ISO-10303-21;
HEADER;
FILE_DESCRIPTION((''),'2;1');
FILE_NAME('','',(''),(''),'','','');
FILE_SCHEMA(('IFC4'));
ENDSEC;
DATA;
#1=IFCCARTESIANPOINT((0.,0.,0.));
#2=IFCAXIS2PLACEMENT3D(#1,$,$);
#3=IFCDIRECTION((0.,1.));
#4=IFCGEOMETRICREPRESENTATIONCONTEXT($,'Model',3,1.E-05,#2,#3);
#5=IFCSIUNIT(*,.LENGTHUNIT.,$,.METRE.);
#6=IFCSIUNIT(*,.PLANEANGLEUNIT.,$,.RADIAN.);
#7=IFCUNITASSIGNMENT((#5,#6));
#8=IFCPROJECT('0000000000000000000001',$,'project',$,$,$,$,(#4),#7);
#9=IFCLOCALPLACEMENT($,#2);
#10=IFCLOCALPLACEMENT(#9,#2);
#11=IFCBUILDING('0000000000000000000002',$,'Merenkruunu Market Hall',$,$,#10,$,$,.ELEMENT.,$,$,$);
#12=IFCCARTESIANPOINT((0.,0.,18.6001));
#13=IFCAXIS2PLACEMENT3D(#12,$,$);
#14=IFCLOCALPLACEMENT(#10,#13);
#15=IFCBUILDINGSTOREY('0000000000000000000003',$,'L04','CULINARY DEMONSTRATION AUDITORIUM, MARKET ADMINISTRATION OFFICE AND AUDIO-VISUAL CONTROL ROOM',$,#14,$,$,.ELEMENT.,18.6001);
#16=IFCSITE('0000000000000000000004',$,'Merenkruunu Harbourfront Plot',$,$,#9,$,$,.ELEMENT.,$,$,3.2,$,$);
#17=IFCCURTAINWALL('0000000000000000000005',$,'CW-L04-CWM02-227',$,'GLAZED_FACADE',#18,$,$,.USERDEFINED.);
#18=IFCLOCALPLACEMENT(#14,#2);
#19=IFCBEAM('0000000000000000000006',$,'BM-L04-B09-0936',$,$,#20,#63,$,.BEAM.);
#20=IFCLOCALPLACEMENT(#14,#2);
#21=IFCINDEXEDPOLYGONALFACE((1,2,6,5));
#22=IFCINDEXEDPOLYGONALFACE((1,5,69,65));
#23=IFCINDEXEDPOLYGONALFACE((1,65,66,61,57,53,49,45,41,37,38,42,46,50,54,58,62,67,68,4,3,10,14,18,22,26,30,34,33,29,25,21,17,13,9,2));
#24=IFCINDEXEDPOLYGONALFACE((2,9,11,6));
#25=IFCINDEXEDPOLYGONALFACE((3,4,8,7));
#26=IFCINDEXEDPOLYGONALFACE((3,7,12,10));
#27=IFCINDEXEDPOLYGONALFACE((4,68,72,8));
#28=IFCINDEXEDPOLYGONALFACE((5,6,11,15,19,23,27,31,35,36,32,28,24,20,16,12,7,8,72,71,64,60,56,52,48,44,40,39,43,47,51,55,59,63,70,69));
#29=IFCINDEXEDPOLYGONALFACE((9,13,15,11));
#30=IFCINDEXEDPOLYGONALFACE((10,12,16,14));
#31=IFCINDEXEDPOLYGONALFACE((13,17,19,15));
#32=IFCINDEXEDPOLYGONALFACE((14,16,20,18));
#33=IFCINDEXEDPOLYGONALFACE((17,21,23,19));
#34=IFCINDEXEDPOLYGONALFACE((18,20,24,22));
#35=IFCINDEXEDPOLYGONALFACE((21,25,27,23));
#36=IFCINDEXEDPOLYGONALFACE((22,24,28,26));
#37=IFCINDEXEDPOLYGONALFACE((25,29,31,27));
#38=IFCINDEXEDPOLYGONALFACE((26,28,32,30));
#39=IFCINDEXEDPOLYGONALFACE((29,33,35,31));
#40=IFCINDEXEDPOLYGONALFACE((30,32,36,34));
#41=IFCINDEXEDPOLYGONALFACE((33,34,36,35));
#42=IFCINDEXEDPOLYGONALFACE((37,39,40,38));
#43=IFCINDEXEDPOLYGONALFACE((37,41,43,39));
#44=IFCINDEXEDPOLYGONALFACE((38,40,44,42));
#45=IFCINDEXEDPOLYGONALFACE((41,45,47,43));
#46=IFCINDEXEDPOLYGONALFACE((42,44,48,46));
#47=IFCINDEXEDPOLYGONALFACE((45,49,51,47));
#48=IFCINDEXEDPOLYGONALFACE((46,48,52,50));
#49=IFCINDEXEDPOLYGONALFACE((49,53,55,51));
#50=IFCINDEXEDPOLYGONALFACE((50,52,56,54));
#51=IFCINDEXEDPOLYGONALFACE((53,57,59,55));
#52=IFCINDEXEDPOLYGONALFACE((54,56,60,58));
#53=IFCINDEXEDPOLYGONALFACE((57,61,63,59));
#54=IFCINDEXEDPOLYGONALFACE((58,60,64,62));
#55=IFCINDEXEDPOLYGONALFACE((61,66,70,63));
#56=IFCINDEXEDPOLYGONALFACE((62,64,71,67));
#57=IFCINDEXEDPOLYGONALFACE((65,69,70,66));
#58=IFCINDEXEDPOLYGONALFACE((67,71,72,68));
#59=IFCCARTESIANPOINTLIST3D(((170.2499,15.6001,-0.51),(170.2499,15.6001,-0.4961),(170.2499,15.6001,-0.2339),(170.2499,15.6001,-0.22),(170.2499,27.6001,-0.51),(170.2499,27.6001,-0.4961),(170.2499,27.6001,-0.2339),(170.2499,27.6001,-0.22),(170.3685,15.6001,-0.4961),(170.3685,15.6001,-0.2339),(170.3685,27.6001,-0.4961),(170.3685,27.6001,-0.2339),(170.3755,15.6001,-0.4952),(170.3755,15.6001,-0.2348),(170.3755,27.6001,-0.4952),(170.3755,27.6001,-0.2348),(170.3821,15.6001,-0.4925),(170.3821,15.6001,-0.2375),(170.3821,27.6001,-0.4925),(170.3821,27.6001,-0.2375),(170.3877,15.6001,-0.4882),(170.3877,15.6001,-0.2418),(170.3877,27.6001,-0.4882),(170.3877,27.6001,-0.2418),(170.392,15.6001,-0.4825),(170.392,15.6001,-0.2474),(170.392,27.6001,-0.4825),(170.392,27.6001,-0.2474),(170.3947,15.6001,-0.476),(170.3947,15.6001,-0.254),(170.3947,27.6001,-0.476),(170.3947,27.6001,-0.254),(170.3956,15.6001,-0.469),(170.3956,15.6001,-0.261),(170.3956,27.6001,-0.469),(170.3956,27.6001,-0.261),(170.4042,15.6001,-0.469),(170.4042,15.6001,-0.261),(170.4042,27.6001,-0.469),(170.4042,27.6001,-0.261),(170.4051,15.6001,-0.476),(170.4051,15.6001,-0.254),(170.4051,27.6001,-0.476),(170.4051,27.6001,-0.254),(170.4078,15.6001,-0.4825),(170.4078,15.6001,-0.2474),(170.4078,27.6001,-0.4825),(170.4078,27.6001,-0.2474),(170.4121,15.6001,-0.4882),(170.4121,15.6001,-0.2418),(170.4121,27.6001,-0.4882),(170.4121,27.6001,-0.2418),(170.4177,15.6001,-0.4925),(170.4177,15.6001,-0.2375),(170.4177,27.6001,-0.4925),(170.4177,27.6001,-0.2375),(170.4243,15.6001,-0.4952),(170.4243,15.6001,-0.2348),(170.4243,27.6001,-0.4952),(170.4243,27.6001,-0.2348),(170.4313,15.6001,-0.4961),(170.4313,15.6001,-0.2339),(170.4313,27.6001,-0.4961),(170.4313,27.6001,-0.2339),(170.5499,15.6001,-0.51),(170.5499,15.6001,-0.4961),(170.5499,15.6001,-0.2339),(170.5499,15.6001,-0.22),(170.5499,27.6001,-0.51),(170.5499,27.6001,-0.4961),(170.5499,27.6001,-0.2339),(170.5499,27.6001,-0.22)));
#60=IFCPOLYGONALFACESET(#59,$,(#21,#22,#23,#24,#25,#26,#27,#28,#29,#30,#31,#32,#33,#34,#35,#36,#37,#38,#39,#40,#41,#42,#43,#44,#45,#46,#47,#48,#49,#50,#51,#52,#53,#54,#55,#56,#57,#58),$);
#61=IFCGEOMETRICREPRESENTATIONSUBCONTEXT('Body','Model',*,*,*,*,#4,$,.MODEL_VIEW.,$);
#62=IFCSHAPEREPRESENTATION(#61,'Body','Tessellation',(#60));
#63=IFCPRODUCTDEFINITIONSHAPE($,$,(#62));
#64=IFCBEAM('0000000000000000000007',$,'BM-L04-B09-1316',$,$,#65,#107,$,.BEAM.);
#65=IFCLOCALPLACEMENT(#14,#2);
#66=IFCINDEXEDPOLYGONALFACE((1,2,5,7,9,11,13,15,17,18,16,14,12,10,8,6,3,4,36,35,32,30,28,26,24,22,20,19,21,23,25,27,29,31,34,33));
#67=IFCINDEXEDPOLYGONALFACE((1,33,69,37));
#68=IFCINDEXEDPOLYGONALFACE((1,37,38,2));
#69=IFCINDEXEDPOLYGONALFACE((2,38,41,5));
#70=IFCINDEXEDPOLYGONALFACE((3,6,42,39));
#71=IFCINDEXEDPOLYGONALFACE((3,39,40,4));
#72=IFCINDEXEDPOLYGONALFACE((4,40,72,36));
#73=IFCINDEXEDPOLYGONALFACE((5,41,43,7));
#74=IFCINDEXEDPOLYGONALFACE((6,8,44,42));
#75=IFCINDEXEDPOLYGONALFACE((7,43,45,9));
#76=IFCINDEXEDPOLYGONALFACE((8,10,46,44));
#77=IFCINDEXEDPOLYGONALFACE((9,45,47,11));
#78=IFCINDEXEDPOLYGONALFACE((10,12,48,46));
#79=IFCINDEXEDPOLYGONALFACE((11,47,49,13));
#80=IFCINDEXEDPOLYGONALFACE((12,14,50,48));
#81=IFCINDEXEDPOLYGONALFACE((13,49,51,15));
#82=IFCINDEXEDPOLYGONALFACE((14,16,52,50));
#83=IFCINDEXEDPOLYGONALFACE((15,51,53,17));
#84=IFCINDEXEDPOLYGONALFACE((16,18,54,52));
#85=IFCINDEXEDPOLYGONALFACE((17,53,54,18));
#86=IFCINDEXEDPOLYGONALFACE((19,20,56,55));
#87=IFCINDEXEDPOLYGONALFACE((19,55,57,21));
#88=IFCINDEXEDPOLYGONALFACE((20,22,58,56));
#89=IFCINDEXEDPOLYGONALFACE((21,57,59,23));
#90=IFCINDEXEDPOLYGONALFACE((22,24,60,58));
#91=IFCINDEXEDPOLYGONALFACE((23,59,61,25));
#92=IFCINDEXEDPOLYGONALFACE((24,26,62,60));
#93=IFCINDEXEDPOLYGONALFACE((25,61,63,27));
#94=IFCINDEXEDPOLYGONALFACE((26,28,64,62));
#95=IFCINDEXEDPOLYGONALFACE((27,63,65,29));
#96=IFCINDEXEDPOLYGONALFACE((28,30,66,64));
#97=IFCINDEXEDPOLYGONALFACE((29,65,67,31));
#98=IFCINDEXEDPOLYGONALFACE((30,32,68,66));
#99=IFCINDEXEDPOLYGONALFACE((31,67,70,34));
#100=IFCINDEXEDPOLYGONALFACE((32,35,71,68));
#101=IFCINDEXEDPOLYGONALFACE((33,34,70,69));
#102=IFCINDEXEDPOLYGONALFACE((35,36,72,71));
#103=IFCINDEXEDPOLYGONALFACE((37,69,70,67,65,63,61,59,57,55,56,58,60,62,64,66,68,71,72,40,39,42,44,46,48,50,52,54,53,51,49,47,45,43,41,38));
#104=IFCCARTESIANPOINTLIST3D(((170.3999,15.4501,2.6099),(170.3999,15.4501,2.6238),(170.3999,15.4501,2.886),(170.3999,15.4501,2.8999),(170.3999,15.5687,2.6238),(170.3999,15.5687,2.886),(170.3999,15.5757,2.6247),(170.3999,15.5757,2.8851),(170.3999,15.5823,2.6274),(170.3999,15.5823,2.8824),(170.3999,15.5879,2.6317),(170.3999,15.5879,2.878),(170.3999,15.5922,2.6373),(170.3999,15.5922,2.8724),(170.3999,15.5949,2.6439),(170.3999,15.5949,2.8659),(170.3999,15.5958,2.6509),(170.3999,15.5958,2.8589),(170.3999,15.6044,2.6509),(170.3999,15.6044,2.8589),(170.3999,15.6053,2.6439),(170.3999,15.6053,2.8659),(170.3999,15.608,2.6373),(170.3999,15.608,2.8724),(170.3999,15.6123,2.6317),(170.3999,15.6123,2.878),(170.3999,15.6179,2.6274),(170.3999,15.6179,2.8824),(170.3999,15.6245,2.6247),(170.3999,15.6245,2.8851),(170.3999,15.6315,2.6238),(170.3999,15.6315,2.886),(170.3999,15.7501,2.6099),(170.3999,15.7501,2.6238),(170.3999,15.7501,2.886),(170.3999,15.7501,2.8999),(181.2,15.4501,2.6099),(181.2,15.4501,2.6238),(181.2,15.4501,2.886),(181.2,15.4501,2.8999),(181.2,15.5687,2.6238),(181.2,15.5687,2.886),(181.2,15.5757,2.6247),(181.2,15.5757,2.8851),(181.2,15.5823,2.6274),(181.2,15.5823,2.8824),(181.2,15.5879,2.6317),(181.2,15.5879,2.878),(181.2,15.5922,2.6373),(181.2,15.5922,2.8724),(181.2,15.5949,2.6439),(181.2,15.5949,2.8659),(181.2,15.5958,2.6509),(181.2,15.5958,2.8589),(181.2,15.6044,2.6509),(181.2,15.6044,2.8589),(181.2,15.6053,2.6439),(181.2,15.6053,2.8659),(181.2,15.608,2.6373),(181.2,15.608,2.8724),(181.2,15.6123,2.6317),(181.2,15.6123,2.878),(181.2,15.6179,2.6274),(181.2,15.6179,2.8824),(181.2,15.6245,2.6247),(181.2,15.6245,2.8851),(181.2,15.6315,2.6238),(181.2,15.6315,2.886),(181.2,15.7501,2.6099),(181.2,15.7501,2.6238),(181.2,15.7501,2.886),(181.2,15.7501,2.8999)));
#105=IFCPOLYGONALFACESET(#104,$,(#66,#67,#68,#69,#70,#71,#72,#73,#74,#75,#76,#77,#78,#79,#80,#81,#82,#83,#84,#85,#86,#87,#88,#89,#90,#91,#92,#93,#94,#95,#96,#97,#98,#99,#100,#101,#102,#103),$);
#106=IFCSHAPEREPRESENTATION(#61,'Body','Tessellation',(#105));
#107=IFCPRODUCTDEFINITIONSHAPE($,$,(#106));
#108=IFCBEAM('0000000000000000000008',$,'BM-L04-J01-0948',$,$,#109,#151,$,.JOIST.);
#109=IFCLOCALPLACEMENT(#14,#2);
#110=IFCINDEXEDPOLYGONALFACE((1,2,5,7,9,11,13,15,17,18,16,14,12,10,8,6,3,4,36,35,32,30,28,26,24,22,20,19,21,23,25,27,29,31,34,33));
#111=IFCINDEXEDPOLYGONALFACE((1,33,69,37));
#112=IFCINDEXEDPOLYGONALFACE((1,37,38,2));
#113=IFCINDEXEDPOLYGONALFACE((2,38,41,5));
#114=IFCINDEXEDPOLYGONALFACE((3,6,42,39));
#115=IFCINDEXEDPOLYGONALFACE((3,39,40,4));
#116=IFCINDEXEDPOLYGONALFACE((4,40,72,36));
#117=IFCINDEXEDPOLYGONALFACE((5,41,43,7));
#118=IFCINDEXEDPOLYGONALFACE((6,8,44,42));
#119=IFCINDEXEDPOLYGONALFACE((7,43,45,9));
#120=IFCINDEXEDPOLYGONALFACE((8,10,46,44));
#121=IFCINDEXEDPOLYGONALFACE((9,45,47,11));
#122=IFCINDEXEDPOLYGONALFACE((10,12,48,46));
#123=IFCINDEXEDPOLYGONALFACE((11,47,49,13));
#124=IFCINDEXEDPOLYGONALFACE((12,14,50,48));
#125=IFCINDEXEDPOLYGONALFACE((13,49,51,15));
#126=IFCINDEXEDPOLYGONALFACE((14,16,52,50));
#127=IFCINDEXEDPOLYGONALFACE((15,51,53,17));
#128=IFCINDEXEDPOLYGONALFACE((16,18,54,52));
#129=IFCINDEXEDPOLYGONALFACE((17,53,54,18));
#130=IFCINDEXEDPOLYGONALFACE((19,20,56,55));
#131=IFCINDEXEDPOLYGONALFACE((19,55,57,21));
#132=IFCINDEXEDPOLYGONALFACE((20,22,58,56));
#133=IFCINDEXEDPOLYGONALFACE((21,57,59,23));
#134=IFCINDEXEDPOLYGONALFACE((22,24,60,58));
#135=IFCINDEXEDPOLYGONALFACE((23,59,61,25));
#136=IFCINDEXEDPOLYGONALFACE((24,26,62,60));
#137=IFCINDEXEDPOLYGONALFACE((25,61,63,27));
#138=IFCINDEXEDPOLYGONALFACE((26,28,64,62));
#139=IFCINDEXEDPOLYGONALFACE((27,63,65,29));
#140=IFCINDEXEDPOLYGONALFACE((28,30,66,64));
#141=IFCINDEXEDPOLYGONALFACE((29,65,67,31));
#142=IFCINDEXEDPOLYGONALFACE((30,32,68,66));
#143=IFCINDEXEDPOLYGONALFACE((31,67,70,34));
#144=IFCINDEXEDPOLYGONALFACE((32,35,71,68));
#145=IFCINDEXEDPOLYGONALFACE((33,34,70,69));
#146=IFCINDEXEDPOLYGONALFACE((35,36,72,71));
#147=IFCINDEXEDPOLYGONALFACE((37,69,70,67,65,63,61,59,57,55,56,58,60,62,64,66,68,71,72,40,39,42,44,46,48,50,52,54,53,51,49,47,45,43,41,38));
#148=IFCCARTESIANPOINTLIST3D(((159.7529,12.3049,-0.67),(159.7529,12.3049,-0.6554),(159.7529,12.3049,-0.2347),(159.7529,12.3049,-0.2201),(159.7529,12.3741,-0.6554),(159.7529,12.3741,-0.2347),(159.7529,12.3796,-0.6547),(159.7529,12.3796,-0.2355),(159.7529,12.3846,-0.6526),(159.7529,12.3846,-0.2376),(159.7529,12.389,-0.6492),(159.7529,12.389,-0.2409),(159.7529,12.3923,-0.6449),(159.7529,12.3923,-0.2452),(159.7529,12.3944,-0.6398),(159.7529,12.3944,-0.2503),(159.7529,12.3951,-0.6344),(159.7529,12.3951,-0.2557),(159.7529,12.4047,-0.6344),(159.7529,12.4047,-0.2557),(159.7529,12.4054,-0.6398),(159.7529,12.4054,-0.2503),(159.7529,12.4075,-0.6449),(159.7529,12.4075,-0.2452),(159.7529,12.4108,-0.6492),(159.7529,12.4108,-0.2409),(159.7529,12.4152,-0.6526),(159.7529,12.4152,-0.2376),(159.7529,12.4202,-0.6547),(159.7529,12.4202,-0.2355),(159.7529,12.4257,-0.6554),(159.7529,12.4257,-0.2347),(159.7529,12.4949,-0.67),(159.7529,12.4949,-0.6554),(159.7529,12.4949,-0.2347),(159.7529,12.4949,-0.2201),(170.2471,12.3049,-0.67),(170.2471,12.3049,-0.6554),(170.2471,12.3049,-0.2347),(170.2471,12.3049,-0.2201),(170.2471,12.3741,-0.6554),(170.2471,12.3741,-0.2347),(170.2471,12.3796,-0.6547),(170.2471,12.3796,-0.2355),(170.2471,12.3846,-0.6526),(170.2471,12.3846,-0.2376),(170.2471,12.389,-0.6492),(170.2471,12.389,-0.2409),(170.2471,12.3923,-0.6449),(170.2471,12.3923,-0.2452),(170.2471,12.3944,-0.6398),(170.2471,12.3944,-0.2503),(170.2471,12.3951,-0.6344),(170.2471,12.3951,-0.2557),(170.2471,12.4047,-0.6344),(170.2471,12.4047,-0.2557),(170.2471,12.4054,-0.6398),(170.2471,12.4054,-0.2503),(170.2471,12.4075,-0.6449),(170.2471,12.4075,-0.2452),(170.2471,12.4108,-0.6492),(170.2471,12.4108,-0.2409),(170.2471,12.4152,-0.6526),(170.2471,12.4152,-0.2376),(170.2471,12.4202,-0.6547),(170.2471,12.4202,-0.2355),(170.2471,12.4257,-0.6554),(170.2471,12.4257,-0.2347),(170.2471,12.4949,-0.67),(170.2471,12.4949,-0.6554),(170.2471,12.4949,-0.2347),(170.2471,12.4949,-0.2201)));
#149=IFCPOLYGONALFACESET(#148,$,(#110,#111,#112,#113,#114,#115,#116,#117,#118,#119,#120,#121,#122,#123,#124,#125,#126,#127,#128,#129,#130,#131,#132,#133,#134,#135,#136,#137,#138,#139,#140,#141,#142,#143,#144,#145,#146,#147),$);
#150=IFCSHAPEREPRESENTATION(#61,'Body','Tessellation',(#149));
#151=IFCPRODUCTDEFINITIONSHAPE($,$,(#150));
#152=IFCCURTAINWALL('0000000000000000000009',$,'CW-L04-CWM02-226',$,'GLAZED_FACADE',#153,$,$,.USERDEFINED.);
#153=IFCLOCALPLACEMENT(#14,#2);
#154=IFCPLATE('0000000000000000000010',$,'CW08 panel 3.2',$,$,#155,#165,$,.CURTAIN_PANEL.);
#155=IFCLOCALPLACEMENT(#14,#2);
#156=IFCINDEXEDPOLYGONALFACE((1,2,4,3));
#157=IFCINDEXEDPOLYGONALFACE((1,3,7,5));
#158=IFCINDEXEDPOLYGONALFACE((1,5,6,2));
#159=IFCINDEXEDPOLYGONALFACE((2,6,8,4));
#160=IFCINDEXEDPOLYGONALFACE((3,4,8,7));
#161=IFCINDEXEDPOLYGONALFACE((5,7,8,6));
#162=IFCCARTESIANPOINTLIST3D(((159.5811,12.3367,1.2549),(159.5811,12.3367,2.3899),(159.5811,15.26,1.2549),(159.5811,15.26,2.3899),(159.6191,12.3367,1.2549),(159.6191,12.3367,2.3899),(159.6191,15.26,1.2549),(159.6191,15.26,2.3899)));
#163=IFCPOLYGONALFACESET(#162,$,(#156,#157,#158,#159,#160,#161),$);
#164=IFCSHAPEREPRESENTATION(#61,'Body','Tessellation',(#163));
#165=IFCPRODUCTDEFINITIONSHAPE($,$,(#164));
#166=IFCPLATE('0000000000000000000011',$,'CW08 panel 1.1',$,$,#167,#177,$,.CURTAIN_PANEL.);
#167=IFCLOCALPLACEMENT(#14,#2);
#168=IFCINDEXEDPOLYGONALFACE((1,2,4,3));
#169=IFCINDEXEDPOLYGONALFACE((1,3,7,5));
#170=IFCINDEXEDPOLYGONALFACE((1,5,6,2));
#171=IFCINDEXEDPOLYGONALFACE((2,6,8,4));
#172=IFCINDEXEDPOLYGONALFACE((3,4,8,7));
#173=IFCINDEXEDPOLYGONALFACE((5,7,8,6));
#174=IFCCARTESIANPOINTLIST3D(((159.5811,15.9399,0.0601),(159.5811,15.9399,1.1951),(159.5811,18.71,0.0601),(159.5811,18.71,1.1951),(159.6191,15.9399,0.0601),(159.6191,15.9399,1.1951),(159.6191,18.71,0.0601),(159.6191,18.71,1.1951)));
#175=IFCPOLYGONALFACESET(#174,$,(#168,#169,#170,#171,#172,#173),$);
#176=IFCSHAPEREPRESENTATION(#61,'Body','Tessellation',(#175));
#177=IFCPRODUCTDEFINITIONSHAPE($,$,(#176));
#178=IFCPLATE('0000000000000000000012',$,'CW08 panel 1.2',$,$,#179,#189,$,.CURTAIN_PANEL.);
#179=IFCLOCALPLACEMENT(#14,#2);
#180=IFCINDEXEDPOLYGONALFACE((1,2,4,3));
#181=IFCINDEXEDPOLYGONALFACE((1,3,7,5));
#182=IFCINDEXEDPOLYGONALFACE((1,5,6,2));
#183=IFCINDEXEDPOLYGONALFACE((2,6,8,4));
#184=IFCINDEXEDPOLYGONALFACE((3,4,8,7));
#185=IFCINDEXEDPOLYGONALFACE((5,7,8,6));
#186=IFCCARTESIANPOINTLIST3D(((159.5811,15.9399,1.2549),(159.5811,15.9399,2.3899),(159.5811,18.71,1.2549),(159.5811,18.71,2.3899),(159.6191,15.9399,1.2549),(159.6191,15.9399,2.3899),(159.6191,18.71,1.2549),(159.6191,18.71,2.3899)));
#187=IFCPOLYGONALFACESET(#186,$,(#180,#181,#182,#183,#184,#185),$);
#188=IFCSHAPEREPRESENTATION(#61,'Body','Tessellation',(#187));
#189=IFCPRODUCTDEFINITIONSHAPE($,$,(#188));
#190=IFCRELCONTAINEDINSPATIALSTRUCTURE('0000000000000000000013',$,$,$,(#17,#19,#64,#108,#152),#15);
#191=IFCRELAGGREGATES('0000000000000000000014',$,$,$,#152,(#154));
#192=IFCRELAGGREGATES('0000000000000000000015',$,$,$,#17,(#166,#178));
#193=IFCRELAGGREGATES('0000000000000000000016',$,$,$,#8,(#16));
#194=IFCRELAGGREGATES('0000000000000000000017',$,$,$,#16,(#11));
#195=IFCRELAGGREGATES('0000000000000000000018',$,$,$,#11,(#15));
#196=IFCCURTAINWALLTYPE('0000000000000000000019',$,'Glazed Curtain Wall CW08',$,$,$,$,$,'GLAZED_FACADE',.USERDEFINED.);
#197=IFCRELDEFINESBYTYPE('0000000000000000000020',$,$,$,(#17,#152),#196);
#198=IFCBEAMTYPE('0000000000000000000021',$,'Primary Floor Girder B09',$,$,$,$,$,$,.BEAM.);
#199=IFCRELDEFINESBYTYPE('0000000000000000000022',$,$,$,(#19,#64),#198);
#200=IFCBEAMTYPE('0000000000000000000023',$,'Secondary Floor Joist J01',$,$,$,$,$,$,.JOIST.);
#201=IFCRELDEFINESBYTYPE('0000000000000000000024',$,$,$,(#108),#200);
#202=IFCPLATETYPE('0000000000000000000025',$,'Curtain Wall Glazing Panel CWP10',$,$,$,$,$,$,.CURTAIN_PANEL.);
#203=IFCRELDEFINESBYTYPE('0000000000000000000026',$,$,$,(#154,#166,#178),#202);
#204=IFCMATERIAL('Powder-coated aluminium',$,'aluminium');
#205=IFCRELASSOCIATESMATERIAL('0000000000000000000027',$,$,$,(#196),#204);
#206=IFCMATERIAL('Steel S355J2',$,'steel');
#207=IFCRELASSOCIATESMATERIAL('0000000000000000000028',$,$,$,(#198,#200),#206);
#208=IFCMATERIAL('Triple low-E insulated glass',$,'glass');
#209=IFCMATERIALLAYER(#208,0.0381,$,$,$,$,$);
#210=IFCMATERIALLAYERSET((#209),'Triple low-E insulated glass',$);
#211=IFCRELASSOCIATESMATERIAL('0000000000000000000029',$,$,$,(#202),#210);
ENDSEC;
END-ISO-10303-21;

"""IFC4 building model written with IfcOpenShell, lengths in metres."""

from ifc_helpers import new_model, si_unit, direction, frame, origin, origin_2d, place, context, subcontext, project, spatial, rectangle, i_section, extrude, material, layer, layer_set, material_profile, profile_set, type_object, element, aggregate, save


model = new_model("IFC4")

# Units and contexts
model_context = context("Model", 3, precision=1e-05, world=origin(), true_north=direction((0.0, 1.0)))
body_context = subcontext(model_context, "Body", "Model", "MODEL_VIEW")
ifc_project = project(units=[si_unit("LENGTHUNIT", "METRE"), si_unit("PLANEANGLEUNIT", "RADIAN")], contexts=[model_context])

# Site, building, storey
site_placement = place(None, origin())
site = spatial("IfcSite", under=ifc_project, at=site_placement, Name="Merenkruunu Harbourfront Plot", CompositionType="ELEMENT", RefElevation=3.2)
building_placement = place(site_placement, origin())
building = spatial("IfcBuilding", under=site, at=building_placement, Name="Merenkruunu Market Hall", CompositionType="ELEMENT")
storey_placement = place(building_placement, frame((0.0, 0.0, 18.6001)))
storey = spatial("IfcBuildingStorey", under=building, at=storey_placement, Name="L04", Description="CULINARY DEMONSTRATION AUDITORIUM, MARKET ADMINISTRATION OFFICE AND AUDIO-VISUAL CONTROL ROOM", CompositionType="ELEMENT", Elevation=18.6001)

# Shared definitions
ifc_material_1 = material(Name="Steel S355J2", Category="steel")

# Curtain wall
ifc_material_2 = material(Name="Powder-coated aluminium", Category="aluminium")
curtain_wall_type = type_object("IfcCurtainWallType", Name="Glazed Curtain Wall CW08", ElementType="GLAZED_FACADE", PredefinedType="USERDEFINED", material=ifc_material_2)
curtain_wall_1_placement = place(storey_placement, origin())
curtain_wall_1 = element("IfcCurtainWall", 1, at=curtain_wall_1_placement, inside=storey, type_object=curtain_wall_type, Name="CW-L04-CWM02-227", ObjectType="GLAZED_FACADE", PredefinedType="USERDEFINED")

# Beams
ifc_material_profile_1 = material_profile(ifc_material_1, i_section(OverallWidth=0.3, OverallDepth=0.29, WebThickness=0.0085, FlangeThickness=0.0139, FilletRadius=0.0271, at=origin_2d()), Name="HEA 300")
ifc_profile_set_1 = profile_set([ifc_material_profile_1], Name="Steel S355J2")
beam_type_1 = type_object("IfcBeamType", Name="Primary Floor Girder B09", PredefinedType="BEAM", material=ifc_profile_set_1)
beam_1_placement = place(storey_placement, frame((170.3999, 15.6001, -0.365), z_axis=(0.0, 1.0, 0.0), x_axis=(-1.0, 0.0, 0.0)))
element("IfcBeam", 2, at=beam_1_placement, inside=storey, type_object=beam_type_1, Name="BM-L04-B09-0936", PredefinedType="BEAM", context=body_context, shape_type="SweptSolid", body=[
    extrude(i_section(OverallWidth=0.3, OverallDepth=0.29, WebThickness=0.0085, FlangeThickness=0.0139, FilletRadius=0.0271, at=origin_2d()), origin(), (0.0, 0.0, 1.0), 12.0),
])
beam_2_placement = place(storey_placement, frame((170.3999, 15.6001, 2.7549), z_axis=(1.0, 0.0, 0.0), x_axis=(0.0, 1.0, 0.0)))
element("IfcBeam", 3, at=beam_2_placement, inside=storey, type_object=beam_type_1, Name="BM-L04-B09-1316", PredefinedType="BEAM", context=body_context, shape_type="SweptSolid", body=[
    extrude(i_section(OverallWidth=0.3, OverallDepth=0.29, WebThickness=0.0085, FlangeThickness=0.0139, FilletRadius=0.0271, at=origin_2d()), origin(), (0.0, 0.0, 1.0), 10.8),
])
ifc_material_profile_2 = material_profile(ifc_material_1, i_section(OverallWidth=0.1899, OverallDepth=0.45, WebThickness=0.0095, FlangeThickness=0.0146, FilletRadius=0.021, at=origin_2d()), Name="IPE 450")
ifc_profile_set_2 = profile_set([ifc_material_profile_2], Name="Steel S355J2")
beam_type_2 = type_object("IfcBeamType", Name="Secondary Floor Joist J01", PredefinedType="JOIST", material=ifc_profile_set_2)
beam_3_placement = place(storey_placement, frame((159.7529, 12.3999, -0.4451), z_axis=(1.0, 0.0, 0.0), x_axis=(0.0, 1.0, 0.0)))
element("IfcBeam", 4, at=beam_3_placement, inside=storey, type_object=beam_type_2, Name="BM-L04-J01-0948", PredefinedType="JOIST", context=body_context, shape_type="SweptSolid", body=[
    extrude(i_section(OverallWidth=0.1899, OverallDepth=0.45, WebThickness=0.0095, FlangeThickness=0.0146, FilletRadius=0.021, at=origin_2d()), origin(), (0.0, 0.0, 1.0), 10.4941),
])

# Curtain wall, plate
curtain_wall_2_placement = place(storey_placement, origin())
curtain_wall_2 = element("IfcCurtainWall", 5, at=curtain_wall_2_placement, inside=storey, type_object=curtain_wall_type, Name="CW-L04-CWM02-226", ObjectType="GLAZED_FACADE", PredefinedType="USERDEFINED")
ifc_material_3 = material(Name="Triple low-E insulated glass", Category="glass")
ifc_layer_1 = layer(ifc_material_3, 0.0381)
ifc_layer_set_1 = layer_set([ifc_layer_1], Name="Triple low-E insulated glass")
plate_type = type_object("IfcPlateType", Name="Curtain Wall Glazing Panel CWP10", PredefinedType="CURTAIN_PANEL", material=ifc_layer_set_1)
plate_1_placement = place(storey_placement, frame((159.6001, 13.7983, 1.2549), z_axis=(0.0, 0.0, 1.0), x_axis=(0.0, 1.0, 0.0)))
plate_1 = element("IfcPlate", 6, at=plate_1_placement, type_object=plate_type, Name="CW08 panel 3.2", PredefinedType="CURTAIN_PANEL", context=body_context, shape_type="SweptSolid", body=[
    extrude(rectangle(XDim=2.9233, YDim=0.0381, at=origin_2d()), origin(), (0.0, 0.0, 1.0), 1.135),
])
aggregate(curtain_wall_2, [plate_1])

# Plates
plate_2_placement = place(storey_placement, frame((159.6001, 17.325, 0.0601), z_axis=(0.0, 0.0, 1.0), x_axis=(0.0, 1.0, 0.0)))
plate_2 = element("IfcPlate", 7, at=plate_2_placement, type_object=plate_type, Name="CW08 panel 1.1", PredefinedType="CURTAIN_PANEL", context=body_context, shape_type="SweptSolid", body=[
    extrude(rectangle(XDim=2.77, YDim=0.0381, at=origin_2d()), origin(), (0.0, 0.0, 1.0), 1.135),
])
plate_3_placement = place(storey_placement, frame((159.6001, 17.325, 1.2549), z_axis=(0.0, 0.0, 1.0), x_axis=(0.0, 1.0, 0.0)))
plate_3 = element("IfcPlate", 8, at=plate_3_placement, type_object=plate_type, Name="CW08 panel 1.2", PredefinedType="CURTAIN_PANEL", context=body_context, shape_type="SweptSolid", body=[
    extrude(rectangle(XDim=2.77, YDim=0.0381, at=origin_2d()), origin(), (0.0, 0.0, 1.0), 1.135),
])
aggregate(curtain_wall_1, [plate_2, plate_3])

save(model, "model.ifc")
